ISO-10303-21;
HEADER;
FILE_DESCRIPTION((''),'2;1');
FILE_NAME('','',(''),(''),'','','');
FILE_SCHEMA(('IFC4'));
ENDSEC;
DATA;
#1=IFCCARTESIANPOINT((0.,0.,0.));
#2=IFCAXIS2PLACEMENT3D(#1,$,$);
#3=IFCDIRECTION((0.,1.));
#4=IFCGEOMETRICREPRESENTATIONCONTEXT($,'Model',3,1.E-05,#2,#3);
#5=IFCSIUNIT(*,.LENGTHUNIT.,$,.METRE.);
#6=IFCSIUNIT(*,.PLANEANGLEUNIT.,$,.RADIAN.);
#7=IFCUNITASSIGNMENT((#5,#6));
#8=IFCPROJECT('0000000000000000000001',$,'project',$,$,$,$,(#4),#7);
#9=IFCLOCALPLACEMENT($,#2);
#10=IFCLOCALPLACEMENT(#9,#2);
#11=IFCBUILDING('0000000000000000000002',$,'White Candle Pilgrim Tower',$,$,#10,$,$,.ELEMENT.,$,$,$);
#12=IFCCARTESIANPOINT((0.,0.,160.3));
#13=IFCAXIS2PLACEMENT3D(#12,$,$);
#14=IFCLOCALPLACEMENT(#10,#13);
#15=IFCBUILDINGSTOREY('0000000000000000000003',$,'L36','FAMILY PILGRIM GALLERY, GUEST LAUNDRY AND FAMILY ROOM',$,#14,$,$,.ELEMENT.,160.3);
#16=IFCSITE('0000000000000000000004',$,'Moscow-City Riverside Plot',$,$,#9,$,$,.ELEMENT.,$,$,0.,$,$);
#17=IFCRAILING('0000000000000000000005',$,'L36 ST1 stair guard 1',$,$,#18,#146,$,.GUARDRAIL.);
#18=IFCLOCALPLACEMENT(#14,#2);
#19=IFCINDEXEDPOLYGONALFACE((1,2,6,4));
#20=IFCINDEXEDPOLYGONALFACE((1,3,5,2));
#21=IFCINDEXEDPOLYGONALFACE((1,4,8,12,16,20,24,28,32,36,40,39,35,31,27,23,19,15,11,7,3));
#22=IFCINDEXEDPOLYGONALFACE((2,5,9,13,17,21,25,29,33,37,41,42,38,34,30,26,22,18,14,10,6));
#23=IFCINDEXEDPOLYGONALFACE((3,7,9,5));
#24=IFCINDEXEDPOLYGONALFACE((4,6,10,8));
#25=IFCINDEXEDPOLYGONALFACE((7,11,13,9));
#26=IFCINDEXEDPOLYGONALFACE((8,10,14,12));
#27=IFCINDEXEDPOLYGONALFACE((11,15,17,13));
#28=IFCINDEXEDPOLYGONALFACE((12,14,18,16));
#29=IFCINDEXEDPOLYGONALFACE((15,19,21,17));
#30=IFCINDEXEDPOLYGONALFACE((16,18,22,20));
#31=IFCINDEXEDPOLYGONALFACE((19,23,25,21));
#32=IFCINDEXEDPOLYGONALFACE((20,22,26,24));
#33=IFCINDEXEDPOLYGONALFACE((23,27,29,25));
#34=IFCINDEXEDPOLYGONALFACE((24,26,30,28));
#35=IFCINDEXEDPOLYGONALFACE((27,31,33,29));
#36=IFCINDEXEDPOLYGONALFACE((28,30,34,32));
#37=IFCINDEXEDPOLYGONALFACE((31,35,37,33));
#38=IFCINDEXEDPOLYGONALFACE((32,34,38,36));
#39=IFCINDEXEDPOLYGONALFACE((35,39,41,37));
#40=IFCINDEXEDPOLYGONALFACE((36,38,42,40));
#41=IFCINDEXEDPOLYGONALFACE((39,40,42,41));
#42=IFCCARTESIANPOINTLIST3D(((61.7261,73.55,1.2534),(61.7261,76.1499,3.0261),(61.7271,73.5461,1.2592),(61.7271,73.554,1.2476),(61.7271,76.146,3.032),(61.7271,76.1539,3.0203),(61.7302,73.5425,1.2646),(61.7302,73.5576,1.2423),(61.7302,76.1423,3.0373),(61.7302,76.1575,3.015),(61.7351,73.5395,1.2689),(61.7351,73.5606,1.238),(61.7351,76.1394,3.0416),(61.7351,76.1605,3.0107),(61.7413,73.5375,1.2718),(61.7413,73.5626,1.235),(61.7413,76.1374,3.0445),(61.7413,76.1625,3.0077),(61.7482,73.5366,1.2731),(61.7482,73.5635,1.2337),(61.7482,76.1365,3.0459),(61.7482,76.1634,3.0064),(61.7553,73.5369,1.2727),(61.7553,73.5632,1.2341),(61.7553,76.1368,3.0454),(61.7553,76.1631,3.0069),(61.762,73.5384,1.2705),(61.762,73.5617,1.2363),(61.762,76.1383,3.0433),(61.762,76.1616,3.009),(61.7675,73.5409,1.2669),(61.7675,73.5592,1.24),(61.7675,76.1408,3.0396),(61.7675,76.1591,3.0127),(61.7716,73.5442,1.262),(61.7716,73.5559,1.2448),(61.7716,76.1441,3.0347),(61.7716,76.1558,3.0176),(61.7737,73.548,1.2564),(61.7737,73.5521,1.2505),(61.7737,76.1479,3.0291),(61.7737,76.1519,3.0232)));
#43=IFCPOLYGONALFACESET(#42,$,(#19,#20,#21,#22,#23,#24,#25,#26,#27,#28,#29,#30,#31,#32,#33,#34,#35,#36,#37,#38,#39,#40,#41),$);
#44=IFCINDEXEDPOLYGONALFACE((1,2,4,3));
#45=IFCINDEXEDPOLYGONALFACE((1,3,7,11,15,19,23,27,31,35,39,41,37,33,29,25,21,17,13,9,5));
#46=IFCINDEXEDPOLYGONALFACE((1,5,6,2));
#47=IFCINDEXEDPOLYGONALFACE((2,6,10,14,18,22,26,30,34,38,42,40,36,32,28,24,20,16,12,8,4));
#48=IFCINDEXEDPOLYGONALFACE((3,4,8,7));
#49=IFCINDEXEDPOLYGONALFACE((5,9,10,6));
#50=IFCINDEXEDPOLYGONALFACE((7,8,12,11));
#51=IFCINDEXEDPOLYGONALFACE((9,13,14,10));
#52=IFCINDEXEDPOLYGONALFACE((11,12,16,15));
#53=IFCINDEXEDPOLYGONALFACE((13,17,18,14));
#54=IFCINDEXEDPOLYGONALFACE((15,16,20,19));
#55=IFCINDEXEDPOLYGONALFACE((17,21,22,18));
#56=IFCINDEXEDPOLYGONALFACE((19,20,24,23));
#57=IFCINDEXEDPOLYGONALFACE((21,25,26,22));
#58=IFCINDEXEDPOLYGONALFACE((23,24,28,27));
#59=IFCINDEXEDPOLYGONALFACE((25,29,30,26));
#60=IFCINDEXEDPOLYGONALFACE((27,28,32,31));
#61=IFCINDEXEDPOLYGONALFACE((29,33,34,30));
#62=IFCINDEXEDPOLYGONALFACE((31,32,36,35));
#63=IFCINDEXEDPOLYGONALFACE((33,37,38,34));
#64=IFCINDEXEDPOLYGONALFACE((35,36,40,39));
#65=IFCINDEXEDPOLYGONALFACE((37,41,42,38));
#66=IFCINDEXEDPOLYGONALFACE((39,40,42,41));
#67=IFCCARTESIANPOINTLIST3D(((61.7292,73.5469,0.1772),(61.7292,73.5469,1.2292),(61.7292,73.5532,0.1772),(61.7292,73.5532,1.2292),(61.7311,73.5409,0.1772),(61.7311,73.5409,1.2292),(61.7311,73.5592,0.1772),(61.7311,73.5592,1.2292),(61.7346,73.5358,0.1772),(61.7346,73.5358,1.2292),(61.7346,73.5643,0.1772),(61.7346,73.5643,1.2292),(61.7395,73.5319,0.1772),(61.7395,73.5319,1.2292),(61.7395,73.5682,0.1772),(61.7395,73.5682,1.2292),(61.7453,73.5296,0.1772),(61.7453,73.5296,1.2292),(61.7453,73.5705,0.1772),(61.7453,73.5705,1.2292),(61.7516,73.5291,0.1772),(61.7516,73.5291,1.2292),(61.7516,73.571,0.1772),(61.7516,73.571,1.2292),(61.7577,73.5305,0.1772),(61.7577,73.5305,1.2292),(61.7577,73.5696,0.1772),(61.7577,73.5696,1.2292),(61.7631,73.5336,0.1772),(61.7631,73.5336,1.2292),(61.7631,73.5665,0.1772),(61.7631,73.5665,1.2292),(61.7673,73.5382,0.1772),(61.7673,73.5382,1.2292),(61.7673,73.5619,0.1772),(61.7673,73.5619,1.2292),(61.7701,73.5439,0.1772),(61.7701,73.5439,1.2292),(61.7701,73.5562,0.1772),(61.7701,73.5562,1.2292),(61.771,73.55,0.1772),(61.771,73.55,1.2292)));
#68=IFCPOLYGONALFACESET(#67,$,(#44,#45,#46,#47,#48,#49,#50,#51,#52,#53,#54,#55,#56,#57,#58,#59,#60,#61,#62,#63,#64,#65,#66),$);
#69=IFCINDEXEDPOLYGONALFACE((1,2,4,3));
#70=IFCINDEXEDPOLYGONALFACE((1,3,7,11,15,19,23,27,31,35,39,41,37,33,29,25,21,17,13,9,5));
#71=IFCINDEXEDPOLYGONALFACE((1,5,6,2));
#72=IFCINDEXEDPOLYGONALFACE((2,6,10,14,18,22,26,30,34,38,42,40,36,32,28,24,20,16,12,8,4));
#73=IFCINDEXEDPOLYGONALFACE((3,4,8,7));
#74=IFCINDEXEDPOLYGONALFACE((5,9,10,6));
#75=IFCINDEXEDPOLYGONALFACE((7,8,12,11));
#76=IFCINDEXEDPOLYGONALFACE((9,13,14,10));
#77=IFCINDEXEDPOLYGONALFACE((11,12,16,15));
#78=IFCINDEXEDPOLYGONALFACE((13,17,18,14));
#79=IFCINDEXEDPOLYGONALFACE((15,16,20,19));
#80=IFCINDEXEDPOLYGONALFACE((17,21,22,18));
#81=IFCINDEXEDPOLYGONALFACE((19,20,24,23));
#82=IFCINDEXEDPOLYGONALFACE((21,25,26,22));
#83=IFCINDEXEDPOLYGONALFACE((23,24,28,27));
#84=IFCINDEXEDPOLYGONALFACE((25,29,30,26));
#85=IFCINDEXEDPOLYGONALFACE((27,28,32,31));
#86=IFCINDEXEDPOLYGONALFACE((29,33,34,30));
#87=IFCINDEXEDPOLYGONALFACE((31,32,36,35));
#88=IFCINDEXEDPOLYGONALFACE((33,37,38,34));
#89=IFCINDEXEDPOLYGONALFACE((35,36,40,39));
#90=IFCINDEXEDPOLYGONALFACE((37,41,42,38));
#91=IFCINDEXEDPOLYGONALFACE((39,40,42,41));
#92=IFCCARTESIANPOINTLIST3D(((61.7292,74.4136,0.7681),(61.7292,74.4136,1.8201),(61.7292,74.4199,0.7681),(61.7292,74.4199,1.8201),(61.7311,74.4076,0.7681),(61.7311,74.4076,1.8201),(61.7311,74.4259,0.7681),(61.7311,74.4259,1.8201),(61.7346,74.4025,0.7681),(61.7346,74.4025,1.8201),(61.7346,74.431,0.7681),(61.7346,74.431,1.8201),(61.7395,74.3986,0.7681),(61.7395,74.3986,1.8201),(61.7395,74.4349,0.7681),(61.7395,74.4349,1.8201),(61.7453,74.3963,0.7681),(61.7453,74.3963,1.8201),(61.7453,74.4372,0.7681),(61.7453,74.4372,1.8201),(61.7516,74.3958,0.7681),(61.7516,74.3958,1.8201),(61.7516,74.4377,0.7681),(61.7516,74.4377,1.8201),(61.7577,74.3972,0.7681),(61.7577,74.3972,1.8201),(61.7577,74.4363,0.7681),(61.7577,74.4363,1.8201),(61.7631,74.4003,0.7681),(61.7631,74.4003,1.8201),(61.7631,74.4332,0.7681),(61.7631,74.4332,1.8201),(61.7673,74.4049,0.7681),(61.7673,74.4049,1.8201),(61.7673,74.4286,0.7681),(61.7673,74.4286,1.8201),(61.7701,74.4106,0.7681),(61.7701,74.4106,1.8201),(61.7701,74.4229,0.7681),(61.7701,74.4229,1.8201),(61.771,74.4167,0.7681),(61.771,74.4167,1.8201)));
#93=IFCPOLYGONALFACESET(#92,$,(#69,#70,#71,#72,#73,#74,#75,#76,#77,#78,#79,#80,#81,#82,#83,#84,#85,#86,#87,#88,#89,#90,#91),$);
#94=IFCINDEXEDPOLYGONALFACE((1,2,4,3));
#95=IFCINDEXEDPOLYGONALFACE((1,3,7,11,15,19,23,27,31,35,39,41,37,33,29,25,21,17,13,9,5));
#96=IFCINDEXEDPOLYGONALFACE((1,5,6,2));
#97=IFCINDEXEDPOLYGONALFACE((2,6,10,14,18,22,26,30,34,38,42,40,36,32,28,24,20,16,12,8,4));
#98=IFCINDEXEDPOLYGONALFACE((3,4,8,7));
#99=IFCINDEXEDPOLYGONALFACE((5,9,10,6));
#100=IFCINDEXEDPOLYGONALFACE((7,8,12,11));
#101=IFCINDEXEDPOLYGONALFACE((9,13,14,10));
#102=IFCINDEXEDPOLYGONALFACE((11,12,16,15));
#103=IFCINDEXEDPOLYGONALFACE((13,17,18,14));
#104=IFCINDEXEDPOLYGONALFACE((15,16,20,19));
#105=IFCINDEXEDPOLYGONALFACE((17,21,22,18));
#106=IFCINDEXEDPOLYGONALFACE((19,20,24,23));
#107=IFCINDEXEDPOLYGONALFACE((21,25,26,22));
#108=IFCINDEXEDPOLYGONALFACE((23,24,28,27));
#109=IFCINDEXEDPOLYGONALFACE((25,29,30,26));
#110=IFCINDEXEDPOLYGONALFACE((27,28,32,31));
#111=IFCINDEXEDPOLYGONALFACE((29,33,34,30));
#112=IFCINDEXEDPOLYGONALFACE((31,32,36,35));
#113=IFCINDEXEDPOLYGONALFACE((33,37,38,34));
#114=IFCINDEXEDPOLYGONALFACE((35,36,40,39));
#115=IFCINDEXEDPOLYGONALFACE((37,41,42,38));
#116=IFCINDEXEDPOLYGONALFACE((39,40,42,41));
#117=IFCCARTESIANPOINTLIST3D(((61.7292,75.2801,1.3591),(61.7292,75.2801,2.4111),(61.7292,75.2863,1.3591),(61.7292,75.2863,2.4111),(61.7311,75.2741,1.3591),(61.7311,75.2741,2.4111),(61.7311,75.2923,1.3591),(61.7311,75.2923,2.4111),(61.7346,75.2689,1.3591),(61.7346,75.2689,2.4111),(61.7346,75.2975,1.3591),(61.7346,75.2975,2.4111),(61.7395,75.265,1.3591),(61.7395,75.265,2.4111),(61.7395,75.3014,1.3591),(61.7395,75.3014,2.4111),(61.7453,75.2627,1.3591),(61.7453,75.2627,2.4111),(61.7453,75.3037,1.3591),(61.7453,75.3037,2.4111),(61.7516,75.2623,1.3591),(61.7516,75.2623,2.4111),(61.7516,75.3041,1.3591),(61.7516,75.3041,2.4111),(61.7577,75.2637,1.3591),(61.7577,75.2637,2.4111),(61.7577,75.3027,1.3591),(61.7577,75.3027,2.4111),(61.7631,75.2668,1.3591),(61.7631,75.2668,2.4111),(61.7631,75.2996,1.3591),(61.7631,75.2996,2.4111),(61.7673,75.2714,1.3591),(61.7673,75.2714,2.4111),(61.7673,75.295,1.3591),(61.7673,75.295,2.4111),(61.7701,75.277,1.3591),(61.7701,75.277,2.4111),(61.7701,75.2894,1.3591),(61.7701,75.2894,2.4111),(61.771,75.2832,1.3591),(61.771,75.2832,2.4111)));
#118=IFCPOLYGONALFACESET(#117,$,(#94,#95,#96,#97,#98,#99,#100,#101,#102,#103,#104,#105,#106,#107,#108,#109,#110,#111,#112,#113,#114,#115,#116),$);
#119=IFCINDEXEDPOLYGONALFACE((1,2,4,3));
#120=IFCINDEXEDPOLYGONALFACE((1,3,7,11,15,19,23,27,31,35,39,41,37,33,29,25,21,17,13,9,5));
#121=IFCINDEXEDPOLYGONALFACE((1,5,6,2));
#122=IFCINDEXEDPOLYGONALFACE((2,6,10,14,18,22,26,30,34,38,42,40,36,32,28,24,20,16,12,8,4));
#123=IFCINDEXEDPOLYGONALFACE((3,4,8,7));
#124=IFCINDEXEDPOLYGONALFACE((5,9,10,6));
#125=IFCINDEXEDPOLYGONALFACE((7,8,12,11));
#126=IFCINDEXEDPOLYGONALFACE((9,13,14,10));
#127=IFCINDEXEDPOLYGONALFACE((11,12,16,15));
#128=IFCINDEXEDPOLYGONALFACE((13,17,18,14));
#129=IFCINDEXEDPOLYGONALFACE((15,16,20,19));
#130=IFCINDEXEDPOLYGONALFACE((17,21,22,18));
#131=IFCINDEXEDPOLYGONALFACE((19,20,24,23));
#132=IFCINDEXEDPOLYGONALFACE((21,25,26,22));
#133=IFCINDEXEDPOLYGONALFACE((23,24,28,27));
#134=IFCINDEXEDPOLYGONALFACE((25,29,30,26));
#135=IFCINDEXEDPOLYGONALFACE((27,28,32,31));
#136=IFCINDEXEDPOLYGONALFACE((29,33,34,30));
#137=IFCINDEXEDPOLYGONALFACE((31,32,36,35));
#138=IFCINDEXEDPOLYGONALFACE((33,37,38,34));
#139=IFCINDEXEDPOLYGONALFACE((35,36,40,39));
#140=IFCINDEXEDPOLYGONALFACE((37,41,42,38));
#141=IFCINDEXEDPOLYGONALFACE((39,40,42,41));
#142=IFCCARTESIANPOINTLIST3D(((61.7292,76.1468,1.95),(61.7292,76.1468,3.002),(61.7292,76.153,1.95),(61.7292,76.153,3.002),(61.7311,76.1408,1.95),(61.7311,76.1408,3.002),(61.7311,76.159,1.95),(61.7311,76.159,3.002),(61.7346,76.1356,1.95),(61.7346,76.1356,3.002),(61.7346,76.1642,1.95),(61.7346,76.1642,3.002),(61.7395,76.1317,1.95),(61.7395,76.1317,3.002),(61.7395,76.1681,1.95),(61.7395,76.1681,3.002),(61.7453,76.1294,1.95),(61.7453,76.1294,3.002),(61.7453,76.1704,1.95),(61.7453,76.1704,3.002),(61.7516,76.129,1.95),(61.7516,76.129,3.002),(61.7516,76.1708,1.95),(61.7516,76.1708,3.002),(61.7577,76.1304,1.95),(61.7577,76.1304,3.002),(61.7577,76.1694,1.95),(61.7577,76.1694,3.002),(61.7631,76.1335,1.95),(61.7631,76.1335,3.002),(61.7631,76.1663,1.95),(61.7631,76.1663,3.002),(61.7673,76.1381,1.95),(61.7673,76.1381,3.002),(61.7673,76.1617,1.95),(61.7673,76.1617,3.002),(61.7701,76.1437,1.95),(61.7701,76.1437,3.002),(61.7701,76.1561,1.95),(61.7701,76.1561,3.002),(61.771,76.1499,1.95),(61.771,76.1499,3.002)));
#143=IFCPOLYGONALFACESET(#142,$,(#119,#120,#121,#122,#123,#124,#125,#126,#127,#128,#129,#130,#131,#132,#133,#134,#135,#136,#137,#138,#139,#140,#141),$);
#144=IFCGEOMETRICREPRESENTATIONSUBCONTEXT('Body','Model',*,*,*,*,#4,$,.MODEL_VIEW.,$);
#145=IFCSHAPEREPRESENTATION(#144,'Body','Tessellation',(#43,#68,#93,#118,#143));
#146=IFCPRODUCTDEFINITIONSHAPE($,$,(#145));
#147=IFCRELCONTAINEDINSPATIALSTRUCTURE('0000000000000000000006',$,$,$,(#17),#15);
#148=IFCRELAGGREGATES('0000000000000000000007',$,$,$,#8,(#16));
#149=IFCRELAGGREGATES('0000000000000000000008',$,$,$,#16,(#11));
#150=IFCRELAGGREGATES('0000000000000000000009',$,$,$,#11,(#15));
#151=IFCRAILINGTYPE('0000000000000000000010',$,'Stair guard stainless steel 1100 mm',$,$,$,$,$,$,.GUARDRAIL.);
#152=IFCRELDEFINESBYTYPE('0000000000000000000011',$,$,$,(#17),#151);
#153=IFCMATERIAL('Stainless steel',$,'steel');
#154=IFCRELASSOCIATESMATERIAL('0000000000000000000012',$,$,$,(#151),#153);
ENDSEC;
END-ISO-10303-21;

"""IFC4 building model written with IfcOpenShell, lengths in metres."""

from ifc_helpers import new_model, si_unit, direction, frame, origin, origin_2d, place, context, subcontext, project, spatial, circle, extrude, material, type_object, element, save


model = new_model("IFC4")

# Units and contexts
model_context = context("Model", 3, precision=1e-05, world=origin(), true_north=direction((0.0, 1.0)))
body_context = subcontext(model_context, "Body", "Model", "MODEL_VIEW")
ifc_project = project(units=[si_unit("LENGTHUNIT", "METRE"), si_unit("PLANEANGLEUNIT", "RADIAN")], contexts=[model_context])

# Site, building, storey
site_placement = place(None, origin())
site = spatial("IfcSite", under=ifc_project, at=site_placement, Name="Moscow-City Riverside Plot", CompositionType="ELEMENT", RefElevation=0.0)
building_placement = place(site_placement, origin())
building = spatial("IfcBuilding", under=site, at=building_placement, Name="White Candle Pilgrim Tower", CompositionType="ELEMENT")
storey_placement = place(building_placement, frame((0.0, 0.0, 160.3)))
storey = spatial("IfcBuildingStorey", under=building, at=storey_placement, Name="L36", Description="FAMILY PILGRIM GALLERY, GUEST LAUNDRY AND FAMILY ROOM", CompositionType="ELEMENT", Elevation=160.3)

# Railing
ifc_material_1 = material(Name="Stainless steel", Category="steel")
railing_type_1 = type_object("IfcRailingType", Name="Stair guard stainless steel 1100 mm", PredefinedType="GUARDRAIL", material=ifc_material_1)
railing_1_placement = place(storey_placement, frame((61.75, 73.55, 0.1772)))
element("IfcRailing", 1, at=railing_1_placement, inside=storey, type_object=railing_type_1, Name="L36 ST1 stair guard 1", PredefinedType="GUARDRAIL", context=body_context, shape_type="SweptSolid", body=[
    extrude(circle(Radius=0.0239, at=origin_2d()), frame((0.0, 0.0, 1.0762), z_axis=(0.0, 0.826216, 0.563354), x_axis=(-1.0, 0.0, 0.0)), (0.0, 0.0, 1.0), 3.1467),
    extrude(circle(Radius=0.021, at=origin_2d()), origin(), (0.0, 0.0, 1.0), 1.052),
    extrude(circle(Radius=0.021, at=origin_2d()), frame((0.0, 0.8667, 0.5908)), (0.0, 0.0, 1.0), 1.052),
    extrude(circle(Radius=0.021, at=origin_2d()), frame((0.0, 1.7332, 1.1819)), (0.0, 0.0, 1.0), 1.052),
    extrude(circle(Radius=0.021, at=origin_2d()), frame((0.0, 2.5999, 1.7727)), (0.0, 0.0, 1.0), 1.052),
])

save(model, "model.ifc")
